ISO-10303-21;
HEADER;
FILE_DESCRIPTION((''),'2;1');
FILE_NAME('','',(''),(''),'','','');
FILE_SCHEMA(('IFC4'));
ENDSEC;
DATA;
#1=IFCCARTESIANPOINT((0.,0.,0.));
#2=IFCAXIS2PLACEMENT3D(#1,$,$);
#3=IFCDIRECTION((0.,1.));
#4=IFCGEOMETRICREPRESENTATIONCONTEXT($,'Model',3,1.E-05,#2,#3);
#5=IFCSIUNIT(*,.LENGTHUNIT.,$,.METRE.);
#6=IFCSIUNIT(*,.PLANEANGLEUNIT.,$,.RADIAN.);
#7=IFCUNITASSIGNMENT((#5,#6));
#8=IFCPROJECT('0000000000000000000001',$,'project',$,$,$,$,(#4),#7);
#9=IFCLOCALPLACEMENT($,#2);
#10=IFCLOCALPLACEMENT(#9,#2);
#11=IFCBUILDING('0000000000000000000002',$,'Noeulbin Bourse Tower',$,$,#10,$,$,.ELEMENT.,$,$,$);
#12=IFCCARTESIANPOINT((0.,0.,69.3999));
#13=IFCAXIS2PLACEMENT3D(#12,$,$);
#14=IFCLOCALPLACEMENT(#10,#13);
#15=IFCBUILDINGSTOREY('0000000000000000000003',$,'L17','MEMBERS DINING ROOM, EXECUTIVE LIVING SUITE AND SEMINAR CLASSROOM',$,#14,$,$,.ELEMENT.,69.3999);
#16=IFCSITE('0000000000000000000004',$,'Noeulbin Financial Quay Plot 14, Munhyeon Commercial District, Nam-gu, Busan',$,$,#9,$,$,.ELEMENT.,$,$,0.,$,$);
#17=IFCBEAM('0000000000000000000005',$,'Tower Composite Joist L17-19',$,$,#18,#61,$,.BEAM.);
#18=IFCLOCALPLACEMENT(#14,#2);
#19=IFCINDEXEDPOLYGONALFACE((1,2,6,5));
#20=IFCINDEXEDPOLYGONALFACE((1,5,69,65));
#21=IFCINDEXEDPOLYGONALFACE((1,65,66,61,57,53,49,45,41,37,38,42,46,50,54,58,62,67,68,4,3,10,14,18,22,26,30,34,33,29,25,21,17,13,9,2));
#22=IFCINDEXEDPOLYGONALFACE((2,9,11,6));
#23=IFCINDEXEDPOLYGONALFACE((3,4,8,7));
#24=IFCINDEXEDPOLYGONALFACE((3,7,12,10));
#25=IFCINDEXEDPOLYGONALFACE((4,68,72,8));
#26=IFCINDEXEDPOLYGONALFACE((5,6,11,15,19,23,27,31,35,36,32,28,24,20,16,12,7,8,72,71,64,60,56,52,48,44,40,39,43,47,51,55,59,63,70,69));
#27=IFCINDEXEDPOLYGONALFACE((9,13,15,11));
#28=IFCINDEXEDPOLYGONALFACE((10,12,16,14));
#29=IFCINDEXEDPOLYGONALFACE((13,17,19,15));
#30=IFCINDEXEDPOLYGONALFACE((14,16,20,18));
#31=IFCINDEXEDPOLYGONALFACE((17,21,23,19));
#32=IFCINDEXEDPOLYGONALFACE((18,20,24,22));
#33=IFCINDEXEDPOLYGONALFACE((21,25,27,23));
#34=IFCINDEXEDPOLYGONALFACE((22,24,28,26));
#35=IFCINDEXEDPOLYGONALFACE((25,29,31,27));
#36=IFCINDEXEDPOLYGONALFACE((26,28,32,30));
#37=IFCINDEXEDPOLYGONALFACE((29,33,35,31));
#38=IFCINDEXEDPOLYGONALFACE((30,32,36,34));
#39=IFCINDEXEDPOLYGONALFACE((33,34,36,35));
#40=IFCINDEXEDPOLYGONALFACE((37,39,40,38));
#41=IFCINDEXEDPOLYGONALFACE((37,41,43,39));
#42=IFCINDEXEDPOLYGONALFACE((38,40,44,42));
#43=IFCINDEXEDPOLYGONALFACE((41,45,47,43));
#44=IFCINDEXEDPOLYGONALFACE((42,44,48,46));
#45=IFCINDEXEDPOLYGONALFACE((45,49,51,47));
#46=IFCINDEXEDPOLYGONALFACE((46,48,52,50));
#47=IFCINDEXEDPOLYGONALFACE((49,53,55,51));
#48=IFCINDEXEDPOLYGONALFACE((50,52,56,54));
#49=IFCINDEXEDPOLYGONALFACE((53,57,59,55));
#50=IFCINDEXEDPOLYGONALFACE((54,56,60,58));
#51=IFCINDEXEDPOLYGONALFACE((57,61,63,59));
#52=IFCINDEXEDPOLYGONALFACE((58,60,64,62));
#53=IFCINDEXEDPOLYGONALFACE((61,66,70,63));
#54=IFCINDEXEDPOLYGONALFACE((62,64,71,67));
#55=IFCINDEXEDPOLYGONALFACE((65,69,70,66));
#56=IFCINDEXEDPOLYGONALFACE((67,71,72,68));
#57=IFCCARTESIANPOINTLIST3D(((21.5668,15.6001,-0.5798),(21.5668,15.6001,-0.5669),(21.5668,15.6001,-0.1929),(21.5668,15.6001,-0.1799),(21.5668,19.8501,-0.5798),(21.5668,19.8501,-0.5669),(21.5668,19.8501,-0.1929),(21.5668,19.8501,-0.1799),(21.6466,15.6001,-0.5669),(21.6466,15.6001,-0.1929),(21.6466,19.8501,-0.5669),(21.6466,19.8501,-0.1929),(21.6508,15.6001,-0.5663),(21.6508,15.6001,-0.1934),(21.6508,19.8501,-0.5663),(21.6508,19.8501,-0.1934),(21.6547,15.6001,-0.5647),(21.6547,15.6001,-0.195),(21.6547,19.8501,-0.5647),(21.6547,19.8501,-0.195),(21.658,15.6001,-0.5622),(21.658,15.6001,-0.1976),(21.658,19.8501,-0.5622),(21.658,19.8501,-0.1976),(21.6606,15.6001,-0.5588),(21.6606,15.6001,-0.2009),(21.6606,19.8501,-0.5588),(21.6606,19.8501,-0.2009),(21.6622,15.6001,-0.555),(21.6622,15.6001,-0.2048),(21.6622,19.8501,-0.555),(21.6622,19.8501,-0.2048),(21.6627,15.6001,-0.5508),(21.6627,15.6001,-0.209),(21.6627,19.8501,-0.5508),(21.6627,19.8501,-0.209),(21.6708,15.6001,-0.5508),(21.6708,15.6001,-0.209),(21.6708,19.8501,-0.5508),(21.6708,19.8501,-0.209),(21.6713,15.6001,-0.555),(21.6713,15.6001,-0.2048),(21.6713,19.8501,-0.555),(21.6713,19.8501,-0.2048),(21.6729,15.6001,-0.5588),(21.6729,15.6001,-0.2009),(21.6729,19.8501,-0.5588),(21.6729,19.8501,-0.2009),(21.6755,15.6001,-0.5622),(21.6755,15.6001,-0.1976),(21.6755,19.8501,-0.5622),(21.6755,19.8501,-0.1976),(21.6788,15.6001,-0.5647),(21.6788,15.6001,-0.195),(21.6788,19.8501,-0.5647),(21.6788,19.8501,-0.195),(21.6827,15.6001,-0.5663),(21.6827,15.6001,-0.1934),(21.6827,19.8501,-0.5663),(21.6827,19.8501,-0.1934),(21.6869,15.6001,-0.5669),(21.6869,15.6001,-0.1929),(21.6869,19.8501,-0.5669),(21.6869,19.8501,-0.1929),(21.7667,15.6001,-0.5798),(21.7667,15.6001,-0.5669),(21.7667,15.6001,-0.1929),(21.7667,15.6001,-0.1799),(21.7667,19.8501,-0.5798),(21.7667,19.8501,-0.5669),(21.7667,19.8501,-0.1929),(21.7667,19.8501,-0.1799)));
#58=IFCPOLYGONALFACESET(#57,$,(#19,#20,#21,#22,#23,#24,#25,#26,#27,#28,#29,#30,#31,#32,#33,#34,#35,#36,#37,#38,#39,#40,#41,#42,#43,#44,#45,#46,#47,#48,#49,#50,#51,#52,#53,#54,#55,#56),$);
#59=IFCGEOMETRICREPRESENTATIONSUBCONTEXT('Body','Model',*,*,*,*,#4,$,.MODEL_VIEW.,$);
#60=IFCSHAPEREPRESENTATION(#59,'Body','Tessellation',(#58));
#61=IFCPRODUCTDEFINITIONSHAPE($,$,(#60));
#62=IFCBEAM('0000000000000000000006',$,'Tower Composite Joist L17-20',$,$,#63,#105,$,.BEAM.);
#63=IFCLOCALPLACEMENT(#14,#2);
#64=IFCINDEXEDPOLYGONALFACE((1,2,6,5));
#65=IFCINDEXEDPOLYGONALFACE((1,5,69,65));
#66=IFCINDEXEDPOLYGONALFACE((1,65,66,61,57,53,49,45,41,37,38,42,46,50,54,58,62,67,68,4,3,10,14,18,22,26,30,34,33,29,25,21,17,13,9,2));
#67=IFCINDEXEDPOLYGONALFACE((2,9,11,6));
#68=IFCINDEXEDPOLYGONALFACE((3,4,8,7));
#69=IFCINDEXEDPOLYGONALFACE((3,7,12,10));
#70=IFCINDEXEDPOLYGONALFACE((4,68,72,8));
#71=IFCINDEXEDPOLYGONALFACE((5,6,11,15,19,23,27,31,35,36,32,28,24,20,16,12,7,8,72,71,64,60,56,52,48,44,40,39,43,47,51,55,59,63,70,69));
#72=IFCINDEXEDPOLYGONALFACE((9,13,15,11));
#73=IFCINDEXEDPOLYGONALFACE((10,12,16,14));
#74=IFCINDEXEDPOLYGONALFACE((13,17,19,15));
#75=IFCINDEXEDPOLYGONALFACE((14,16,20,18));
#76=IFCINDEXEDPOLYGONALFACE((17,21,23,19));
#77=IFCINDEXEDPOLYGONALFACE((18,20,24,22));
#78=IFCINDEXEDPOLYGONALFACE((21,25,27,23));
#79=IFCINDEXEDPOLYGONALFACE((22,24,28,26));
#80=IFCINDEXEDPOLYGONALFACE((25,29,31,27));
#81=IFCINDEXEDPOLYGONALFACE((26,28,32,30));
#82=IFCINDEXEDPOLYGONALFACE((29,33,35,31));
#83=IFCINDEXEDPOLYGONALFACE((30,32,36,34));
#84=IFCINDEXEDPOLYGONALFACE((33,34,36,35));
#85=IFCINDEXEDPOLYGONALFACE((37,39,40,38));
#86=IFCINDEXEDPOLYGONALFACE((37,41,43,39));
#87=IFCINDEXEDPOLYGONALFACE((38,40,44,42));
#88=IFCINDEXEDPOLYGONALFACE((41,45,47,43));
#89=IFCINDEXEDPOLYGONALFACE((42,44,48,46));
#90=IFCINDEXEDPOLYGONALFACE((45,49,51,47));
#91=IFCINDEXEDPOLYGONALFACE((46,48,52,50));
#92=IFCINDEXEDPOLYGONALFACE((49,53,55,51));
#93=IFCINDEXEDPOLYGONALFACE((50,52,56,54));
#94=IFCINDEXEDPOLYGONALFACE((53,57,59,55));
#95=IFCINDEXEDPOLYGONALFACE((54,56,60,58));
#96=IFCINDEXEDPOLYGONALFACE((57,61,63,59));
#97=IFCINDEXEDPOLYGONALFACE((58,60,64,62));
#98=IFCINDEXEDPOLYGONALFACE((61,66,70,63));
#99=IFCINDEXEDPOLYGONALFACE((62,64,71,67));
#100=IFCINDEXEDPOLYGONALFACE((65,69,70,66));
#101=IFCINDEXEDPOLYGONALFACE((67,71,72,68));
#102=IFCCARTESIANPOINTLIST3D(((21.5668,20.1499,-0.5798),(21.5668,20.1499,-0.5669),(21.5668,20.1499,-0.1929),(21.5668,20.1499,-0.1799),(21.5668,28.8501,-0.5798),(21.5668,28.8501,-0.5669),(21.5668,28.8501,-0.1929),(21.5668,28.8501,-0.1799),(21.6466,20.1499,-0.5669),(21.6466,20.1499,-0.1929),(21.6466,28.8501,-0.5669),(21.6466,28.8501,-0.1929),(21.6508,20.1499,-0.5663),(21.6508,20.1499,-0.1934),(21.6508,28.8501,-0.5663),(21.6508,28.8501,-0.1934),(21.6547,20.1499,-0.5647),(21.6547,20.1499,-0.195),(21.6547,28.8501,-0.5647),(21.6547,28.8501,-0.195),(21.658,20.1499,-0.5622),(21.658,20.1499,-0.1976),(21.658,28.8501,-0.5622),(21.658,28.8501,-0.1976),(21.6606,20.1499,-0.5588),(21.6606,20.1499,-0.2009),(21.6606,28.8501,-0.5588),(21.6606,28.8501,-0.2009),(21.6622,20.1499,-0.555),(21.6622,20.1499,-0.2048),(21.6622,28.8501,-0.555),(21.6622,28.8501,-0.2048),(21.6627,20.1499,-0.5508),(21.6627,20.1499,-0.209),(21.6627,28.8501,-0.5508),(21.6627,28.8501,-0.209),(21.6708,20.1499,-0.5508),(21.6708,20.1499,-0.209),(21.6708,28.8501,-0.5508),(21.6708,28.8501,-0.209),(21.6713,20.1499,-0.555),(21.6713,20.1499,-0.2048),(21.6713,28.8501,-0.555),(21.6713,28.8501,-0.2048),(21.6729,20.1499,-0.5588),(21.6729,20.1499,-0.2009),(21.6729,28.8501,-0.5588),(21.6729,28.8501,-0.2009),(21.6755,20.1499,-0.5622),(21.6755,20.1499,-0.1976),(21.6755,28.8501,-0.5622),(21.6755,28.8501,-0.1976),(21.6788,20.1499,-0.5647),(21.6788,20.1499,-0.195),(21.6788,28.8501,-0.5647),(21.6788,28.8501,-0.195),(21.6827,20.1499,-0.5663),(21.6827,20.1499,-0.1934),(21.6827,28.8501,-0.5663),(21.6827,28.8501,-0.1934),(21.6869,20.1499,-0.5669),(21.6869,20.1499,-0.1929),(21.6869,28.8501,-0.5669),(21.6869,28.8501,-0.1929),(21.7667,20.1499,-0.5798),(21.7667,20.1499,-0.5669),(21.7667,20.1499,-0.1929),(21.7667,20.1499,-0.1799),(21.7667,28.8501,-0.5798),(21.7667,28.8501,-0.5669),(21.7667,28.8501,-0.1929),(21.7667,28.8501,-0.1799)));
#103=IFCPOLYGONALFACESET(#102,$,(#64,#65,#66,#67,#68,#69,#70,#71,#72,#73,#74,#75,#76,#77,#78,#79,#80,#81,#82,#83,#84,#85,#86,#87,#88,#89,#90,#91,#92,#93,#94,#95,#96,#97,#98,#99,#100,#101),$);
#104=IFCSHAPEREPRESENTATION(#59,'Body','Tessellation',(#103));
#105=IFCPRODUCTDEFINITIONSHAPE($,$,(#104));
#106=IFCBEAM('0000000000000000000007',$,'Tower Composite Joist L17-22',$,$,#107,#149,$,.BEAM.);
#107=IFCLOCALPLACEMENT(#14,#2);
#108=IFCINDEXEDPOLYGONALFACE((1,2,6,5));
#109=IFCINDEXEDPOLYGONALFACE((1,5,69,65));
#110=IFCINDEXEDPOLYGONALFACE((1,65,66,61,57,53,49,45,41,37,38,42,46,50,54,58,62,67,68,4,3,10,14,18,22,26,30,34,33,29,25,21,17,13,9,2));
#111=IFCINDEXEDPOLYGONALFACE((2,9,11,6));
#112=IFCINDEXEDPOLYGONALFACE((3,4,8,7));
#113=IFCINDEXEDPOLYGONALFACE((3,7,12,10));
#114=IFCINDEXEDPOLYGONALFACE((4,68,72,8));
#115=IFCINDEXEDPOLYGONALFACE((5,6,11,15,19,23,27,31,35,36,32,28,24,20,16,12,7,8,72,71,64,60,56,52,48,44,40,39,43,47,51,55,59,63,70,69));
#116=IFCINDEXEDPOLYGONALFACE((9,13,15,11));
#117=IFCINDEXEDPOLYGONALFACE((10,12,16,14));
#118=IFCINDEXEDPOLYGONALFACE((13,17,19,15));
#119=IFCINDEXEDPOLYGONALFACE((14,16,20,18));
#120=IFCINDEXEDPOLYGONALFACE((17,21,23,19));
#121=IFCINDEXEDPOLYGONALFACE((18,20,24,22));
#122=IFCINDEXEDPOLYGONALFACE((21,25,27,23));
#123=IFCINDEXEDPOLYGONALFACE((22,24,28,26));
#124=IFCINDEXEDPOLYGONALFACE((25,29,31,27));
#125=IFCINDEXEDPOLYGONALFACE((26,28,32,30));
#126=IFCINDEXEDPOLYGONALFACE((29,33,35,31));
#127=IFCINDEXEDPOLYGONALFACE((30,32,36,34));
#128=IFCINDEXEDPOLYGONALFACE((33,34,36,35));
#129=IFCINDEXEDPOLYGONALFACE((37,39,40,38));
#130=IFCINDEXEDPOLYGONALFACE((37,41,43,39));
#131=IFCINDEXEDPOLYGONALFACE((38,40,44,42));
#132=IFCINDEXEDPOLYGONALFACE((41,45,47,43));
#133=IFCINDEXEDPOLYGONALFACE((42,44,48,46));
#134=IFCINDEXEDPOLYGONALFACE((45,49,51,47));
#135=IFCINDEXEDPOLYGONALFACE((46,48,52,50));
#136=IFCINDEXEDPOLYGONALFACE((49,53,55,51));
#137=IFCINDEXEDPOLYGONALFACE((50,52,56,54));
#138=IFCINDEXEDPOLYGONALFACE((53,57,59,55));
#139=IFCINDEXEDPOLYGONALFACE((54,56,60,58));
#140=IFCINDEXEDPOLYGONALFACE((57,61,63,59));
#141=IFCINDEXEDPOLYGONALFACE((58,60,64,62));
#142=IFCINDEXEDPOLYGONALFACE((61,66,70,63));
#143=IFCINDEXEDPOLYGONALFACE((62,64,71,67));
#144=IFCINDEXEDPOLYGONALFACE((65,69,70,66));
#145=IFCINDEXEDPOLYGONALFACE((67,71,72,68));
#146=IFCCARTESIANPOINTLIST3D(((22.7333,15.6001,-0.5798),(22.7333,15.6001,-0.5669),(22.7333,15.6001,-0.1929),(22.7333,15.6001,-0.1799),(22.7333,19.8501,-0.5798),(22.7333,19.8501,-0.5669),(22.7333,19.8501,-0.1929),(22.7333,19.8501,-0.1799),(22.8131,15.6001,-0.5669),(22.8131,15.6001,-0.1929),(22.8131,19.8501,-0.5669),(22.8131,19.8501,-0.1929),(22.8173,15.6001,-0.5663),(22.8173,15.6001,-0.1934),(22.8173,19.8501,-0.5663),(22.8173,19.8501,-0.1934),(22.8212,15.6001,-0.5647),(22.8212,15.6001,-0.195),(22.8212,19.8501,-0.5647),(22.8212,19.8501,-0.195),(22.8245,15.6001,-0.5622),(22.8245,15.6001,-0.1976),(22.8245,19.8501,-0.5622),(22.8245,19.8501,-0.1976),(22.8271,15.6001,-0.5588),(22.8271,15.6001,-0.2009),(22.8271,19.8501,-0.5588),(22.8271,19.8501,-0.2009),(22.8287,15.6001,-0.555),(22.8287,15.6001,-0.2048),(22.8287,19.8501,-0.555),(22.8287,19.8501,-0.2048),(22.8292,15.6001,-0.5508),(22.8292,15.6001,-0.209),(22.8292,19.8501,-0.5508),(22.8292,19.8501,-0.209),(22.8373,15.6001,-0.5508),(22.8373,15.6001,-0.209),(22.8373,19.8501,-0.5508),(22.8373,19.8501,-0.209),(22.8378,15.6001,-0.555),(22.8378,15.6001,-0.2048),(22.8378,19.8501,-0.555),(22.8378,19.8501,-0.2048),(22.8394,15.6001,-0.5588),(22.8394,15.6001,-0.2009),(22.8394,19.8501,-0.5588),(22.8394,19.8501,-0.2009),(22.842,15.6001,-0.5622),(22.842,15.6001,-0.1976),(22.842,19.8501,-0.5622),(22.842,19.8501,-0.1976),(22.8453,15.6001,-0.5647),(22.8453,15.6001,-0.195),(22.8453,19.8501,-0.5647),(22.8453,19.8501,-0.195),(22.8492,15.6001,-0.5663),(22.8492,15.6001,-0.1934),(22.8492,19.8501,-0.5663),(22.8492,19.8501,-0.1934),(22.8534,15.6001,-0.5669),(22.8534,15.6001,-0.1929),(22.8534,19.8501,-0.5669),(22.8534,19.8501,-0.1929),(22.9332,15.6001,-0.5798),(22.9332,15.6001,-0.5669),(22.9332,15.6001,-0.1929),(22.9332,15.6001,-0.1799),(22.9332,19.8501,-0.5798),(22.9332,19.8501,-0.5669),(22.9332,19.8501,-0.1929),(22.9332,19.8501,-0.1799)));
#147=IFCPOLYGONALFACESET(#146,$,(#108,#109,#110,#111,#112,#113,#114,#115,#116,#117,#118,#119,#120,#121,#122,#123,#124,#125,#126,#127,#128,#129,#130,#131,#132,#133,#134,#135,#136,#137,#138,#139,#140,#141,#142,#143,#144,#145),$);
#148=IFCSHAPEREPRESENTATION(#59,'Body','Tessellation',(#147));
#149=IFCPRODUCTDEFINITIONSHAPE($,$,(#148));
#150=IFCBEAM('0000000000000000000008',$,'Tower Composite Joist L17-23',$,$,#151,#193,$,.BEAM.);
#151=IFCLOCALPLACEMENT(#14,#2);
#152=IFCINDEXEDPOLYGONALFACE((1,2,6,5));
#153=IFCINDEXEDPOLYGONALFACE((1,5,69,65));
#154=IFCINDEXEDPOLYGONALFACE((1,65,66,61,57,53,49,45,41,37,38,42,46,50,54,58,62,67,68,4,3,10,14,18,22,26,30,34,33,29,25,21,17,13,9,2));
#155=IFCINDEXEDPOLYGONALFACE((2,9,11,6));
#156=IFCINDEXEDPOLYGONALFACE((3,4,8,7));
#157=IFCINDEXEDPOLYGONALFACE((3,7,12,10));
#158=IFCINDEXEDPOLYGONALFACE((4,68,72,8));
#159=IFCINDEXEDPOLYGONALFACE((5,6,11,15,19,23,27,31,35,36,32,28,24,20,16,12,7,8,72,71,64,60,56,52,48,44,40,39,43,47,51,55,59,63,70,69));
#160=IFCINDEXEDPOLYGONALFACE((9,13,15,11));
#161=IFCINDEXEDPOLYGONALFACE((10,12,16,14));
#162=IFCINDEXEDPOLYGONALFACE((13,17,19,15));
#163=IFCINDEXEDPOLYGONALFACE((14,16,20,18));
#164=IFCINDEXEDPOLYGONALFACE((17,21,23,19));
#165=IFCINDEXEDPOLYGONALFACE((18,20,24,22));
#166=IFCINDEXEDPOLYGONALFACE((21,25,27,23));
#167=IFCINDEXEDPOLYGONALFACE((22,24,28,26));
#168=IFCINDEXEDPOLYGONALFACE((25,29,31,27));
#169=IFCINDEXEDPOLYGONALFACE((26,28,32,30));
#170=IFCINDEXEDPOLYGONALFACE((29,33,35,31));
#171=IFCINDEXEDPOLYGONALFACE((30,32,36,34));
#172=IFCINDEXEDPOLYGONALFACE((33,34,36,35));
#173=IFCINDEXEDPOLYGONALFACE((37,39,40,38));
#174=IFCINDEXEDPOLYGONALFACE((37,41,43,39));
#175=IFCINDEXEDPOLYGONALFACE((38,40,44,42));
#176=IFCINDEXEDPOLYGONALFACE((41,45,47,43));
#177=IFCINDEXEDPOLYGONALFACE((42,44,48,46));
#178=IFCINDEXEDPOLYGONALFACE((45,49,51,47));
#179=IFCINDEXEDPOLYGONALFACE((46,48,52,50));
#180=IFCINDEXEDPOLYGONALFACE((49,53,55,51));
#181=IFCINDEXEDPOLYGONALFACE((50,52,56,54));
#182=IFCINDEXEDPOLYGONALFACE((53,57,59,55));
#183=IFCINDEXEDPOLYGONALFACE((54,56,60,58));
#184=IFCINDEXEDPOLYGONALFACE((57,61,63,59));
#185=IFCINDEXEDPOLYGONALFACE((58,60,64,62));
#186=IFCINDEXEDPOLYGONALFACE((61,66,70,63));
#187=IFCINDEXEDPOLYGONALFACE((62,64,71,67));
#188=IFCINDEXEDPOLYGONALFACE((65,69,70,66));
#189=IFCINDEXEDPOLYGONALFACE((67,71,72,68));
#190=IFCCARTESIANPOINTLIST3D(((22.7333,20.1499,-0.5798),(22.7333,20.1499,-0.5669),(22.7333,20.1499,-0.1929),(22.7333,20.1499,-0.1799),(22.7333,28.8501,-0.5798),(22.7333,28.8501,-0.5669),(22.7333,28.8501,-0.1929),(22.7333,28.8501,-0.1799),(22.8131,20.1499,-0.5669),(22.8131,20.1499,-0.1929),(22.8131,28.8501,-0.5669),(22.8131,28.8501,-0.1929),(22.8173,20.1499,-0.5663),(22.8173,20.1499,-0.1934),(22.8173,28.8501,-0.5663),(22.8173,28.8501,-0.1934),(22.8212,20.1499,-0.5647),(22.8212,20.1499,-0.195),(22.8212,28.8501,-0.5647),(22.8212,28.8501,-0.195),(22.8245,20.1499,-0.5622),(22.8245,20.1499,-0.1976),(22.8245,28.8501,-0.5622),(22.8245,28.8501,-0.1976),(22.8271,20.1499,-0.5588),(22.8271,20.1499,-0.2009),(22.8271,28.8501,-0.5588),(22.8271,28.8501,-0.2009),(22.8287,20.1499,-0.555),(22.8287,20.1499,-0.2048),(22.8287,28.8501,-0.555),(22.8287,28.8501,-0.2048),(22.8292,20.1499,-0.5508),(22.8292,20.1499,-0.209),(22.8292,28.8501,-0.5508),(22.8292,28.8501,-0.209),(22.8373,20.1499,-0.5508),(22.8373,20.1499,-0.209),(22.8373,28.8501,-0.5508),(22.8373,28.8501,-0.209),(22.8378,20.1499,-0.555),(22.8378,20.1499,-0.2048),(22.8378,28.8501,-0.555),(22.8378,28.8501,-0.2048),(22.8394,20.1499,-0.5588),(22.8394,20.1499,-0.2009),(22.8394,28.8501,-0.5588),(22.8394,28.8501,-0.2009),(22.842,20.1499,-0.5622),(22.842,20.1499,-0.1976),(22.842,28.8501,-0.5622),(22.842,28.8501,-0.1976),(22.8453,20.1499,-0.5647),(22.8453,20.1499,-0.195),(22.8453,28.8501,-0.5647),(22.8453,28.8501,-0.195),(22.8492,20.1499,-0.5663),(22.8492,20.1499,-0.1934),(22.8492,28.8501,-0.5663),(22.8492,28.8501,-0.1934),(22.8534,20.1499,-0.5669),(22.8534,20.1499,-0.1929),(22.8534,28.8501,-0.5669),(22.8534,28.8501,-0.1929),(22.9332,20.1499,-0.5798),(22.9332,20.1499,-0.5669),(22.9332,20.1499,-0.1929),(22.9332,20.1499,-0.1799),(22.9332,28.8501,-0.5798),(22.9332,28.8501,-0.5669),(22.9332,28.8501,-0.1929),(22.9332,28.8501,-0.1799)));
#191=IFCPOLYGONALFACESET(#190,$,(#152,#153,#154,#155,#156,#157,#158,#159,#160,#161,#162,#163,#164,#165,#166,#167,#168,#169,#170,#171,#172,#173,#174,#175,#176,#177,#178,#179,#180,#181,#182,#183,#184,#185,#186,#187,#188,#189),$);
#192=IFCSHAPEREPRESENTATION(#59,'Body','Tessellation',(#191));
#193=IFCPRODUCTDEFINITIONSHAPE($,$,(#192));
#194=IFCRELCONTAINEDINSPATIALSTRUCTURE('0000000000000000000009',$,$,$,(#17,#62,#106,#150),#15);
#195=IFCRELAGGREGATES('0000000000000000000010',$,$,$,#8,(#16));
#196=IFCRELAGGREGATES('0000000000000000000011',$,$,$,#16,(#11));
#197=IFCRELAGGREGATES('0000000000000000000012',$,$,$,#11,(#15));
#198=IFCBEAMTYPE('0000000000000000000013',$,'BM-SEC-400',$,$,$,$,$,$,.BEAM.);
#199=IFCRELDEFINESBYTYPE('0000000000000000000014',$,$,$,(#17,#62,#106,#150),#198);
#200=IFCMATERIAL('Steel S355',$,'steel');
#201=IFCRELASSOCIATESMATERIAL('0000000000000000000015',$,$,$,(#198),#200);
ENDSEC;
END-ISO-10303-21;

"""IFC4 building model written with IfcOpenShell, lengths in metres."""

from ifc_helpers import new_model, si_unit, direction, frame, origin, origin_2d, place, context, subcontext, project, spatial, i_section, extrude, material, material_profile, profile_set, type_object, element, save


model = new_model("IFC4")

# Units and contexts
model_context = context("Model", 3, precision=1e-05, world=origin(), true_north=direction((0.0, 1.0)))
body_context = subcontext(model_context, "Body", "Model", "MODEL_VIEW")
ifc_project = project(units=[si_unit("LENGTHUNIT", "METRE"), si_unit("PLANEANGLEUNIT", "RADIAN")], contexts=[model_context])

# Site, building, storey
site_placement = place(None, origin())
site = spatial("IfcSite", under=ifc_project, at=site_placement, Name="Noeulbin Financial Quay Plot 14, Munhyeon Commercial District, Nam-gu, Busan", CompositionType="ELEMENT", RefElevation=0.0)
building_placement = place(site_placement, origin())
building = spatial("IfcBuilding", under=site, at=building_placement, Name="Noeulbin Bourse Tower", CompositionType="ELEMENT")
storey_placement = place(building_placement, frame((0.0, 0.0, 69.3999)))
storey = spatial("IfcBuildingStorey", under=building, at=storey_placement, Name="L17", Description="MEMBERS DINING ROOM, EXECUTIVE LIVING SUITE AND SEMINAR CLASSROOM", CompositionType="ELEMENT", Elevation=69.3999)

# Beams
ifc_material_1 = material(Name="Steel S355", Category="steel")
ifc_material_profile_1 = material_profile(ifc_material_1, i_section(OverallWidth=0.2, OverallDepth=0.3999, WebThickness=0.0081, FlangeThickness=0.0129, FilletRadius=0.0161, at=origin_2d()), Name="H-400x200x8x13", Category="LoadBearing")
ifc_profile_set_1 = profile_set([ifc_material_profile_1], Name="Steel S355")
beam_type_1 = type_object("IfcBeamType", Name="BM-SEC-400", PredefinedType="BEAM", material=ifc_profile_set_1)
beam_1_placement = place(storey_placement, frame((21.6667, 15.6001, -0.3799), z_axis=(0.0, 1.0, 0.0), x_axis=(-1.0, 0.0, 0.0)))
element("IfcBeam", 1, at=beam_1_placement, inside=storey, type_object=beam_type_1, Name="Tower Composite Joist L17-19", PredefinedType="BEAM", context=body_context, shape_type="SweptSolid", body=[
    extrude(i_section(OverallWidth=0.2, OverallDepth=0.3999, WebThickness=0.0081, FlangeThickness=0.0129, FilletRadius=0.0161, at=origin_2d()), origin(), (0.0, 0.0, 1.0), 4.25),
])
beam_2_placement = place(storey_placement, frame((21.6667, 20.1499, -0.3799), z_axis=(0.0, 1.0, 0.0), x_axis=(-1.0, 0.0, 0.0)))
element("IfcBeam", 2, at=beam_2_placement, inside=storey, type_object=beam_type_1, Name="Tower Composite Joist L17-20", PredefinedType="BEAM", context=body_context, shape_type="SweptSolid", body=[
    extrude(i_section(OverallWidth=0.2, OverallDepth=0.3999, WebThickness=0.0081, FlangeThickness=0.0129, FilletRadius=0.0161, at=origin_2d()), origin(), (0.0, 0.0, 1.0), 8.7002),
])
beam_3_placement = place(storey_placement, frame((22.8333, 15.6001, -0.3799), z_axis=(0.0, 1.0, 0.0), x_axis=(-1.0, 0.0, 0.0)))
element("IfcBeam", 3, at=beam_3_placement, inside=storey, type_object=beam_type_1, Name="Tower Composite Joist L17-22", PredefinedType="BEAM", context=body_context, shape_type="SweptSolid", body=[
    extrude(i_section(OverallWidth=0.2, OverallDepth=0.3999, WebThickness=0.0081, FlangeThickness=0.0129, FilletRadius=0.0161, at=origin_2d()), origin(), (0.0, 0.0, 1.0), 4.25),
])
beam_4_placement = place(storey_placement, frame((22.8333, 20.1499, -0.3799), z_axis=(0.0, 1.0, 0.0), x_axis=(-1.0, 0.0, 0.0)))
element("IfcBeam", 4, at=beam_4_placement, inside=storey, type_object=beam_type_1, Name="Tower Composite Joist L17-23", PredefinedType="BEAM", context=body_context, shape_type="SweptSolid", body=[
    extrude(i_section(OverallWidth=0.2, OverallDepth=0.3999, WebThickness=0.0081, FlangeThickness=0.0129, FilletRadius=0.0161, at=origin_2d()), origin(), (0.0, 0.0, 1.0), 8.7002),
])

save(model, "model.ifc")
